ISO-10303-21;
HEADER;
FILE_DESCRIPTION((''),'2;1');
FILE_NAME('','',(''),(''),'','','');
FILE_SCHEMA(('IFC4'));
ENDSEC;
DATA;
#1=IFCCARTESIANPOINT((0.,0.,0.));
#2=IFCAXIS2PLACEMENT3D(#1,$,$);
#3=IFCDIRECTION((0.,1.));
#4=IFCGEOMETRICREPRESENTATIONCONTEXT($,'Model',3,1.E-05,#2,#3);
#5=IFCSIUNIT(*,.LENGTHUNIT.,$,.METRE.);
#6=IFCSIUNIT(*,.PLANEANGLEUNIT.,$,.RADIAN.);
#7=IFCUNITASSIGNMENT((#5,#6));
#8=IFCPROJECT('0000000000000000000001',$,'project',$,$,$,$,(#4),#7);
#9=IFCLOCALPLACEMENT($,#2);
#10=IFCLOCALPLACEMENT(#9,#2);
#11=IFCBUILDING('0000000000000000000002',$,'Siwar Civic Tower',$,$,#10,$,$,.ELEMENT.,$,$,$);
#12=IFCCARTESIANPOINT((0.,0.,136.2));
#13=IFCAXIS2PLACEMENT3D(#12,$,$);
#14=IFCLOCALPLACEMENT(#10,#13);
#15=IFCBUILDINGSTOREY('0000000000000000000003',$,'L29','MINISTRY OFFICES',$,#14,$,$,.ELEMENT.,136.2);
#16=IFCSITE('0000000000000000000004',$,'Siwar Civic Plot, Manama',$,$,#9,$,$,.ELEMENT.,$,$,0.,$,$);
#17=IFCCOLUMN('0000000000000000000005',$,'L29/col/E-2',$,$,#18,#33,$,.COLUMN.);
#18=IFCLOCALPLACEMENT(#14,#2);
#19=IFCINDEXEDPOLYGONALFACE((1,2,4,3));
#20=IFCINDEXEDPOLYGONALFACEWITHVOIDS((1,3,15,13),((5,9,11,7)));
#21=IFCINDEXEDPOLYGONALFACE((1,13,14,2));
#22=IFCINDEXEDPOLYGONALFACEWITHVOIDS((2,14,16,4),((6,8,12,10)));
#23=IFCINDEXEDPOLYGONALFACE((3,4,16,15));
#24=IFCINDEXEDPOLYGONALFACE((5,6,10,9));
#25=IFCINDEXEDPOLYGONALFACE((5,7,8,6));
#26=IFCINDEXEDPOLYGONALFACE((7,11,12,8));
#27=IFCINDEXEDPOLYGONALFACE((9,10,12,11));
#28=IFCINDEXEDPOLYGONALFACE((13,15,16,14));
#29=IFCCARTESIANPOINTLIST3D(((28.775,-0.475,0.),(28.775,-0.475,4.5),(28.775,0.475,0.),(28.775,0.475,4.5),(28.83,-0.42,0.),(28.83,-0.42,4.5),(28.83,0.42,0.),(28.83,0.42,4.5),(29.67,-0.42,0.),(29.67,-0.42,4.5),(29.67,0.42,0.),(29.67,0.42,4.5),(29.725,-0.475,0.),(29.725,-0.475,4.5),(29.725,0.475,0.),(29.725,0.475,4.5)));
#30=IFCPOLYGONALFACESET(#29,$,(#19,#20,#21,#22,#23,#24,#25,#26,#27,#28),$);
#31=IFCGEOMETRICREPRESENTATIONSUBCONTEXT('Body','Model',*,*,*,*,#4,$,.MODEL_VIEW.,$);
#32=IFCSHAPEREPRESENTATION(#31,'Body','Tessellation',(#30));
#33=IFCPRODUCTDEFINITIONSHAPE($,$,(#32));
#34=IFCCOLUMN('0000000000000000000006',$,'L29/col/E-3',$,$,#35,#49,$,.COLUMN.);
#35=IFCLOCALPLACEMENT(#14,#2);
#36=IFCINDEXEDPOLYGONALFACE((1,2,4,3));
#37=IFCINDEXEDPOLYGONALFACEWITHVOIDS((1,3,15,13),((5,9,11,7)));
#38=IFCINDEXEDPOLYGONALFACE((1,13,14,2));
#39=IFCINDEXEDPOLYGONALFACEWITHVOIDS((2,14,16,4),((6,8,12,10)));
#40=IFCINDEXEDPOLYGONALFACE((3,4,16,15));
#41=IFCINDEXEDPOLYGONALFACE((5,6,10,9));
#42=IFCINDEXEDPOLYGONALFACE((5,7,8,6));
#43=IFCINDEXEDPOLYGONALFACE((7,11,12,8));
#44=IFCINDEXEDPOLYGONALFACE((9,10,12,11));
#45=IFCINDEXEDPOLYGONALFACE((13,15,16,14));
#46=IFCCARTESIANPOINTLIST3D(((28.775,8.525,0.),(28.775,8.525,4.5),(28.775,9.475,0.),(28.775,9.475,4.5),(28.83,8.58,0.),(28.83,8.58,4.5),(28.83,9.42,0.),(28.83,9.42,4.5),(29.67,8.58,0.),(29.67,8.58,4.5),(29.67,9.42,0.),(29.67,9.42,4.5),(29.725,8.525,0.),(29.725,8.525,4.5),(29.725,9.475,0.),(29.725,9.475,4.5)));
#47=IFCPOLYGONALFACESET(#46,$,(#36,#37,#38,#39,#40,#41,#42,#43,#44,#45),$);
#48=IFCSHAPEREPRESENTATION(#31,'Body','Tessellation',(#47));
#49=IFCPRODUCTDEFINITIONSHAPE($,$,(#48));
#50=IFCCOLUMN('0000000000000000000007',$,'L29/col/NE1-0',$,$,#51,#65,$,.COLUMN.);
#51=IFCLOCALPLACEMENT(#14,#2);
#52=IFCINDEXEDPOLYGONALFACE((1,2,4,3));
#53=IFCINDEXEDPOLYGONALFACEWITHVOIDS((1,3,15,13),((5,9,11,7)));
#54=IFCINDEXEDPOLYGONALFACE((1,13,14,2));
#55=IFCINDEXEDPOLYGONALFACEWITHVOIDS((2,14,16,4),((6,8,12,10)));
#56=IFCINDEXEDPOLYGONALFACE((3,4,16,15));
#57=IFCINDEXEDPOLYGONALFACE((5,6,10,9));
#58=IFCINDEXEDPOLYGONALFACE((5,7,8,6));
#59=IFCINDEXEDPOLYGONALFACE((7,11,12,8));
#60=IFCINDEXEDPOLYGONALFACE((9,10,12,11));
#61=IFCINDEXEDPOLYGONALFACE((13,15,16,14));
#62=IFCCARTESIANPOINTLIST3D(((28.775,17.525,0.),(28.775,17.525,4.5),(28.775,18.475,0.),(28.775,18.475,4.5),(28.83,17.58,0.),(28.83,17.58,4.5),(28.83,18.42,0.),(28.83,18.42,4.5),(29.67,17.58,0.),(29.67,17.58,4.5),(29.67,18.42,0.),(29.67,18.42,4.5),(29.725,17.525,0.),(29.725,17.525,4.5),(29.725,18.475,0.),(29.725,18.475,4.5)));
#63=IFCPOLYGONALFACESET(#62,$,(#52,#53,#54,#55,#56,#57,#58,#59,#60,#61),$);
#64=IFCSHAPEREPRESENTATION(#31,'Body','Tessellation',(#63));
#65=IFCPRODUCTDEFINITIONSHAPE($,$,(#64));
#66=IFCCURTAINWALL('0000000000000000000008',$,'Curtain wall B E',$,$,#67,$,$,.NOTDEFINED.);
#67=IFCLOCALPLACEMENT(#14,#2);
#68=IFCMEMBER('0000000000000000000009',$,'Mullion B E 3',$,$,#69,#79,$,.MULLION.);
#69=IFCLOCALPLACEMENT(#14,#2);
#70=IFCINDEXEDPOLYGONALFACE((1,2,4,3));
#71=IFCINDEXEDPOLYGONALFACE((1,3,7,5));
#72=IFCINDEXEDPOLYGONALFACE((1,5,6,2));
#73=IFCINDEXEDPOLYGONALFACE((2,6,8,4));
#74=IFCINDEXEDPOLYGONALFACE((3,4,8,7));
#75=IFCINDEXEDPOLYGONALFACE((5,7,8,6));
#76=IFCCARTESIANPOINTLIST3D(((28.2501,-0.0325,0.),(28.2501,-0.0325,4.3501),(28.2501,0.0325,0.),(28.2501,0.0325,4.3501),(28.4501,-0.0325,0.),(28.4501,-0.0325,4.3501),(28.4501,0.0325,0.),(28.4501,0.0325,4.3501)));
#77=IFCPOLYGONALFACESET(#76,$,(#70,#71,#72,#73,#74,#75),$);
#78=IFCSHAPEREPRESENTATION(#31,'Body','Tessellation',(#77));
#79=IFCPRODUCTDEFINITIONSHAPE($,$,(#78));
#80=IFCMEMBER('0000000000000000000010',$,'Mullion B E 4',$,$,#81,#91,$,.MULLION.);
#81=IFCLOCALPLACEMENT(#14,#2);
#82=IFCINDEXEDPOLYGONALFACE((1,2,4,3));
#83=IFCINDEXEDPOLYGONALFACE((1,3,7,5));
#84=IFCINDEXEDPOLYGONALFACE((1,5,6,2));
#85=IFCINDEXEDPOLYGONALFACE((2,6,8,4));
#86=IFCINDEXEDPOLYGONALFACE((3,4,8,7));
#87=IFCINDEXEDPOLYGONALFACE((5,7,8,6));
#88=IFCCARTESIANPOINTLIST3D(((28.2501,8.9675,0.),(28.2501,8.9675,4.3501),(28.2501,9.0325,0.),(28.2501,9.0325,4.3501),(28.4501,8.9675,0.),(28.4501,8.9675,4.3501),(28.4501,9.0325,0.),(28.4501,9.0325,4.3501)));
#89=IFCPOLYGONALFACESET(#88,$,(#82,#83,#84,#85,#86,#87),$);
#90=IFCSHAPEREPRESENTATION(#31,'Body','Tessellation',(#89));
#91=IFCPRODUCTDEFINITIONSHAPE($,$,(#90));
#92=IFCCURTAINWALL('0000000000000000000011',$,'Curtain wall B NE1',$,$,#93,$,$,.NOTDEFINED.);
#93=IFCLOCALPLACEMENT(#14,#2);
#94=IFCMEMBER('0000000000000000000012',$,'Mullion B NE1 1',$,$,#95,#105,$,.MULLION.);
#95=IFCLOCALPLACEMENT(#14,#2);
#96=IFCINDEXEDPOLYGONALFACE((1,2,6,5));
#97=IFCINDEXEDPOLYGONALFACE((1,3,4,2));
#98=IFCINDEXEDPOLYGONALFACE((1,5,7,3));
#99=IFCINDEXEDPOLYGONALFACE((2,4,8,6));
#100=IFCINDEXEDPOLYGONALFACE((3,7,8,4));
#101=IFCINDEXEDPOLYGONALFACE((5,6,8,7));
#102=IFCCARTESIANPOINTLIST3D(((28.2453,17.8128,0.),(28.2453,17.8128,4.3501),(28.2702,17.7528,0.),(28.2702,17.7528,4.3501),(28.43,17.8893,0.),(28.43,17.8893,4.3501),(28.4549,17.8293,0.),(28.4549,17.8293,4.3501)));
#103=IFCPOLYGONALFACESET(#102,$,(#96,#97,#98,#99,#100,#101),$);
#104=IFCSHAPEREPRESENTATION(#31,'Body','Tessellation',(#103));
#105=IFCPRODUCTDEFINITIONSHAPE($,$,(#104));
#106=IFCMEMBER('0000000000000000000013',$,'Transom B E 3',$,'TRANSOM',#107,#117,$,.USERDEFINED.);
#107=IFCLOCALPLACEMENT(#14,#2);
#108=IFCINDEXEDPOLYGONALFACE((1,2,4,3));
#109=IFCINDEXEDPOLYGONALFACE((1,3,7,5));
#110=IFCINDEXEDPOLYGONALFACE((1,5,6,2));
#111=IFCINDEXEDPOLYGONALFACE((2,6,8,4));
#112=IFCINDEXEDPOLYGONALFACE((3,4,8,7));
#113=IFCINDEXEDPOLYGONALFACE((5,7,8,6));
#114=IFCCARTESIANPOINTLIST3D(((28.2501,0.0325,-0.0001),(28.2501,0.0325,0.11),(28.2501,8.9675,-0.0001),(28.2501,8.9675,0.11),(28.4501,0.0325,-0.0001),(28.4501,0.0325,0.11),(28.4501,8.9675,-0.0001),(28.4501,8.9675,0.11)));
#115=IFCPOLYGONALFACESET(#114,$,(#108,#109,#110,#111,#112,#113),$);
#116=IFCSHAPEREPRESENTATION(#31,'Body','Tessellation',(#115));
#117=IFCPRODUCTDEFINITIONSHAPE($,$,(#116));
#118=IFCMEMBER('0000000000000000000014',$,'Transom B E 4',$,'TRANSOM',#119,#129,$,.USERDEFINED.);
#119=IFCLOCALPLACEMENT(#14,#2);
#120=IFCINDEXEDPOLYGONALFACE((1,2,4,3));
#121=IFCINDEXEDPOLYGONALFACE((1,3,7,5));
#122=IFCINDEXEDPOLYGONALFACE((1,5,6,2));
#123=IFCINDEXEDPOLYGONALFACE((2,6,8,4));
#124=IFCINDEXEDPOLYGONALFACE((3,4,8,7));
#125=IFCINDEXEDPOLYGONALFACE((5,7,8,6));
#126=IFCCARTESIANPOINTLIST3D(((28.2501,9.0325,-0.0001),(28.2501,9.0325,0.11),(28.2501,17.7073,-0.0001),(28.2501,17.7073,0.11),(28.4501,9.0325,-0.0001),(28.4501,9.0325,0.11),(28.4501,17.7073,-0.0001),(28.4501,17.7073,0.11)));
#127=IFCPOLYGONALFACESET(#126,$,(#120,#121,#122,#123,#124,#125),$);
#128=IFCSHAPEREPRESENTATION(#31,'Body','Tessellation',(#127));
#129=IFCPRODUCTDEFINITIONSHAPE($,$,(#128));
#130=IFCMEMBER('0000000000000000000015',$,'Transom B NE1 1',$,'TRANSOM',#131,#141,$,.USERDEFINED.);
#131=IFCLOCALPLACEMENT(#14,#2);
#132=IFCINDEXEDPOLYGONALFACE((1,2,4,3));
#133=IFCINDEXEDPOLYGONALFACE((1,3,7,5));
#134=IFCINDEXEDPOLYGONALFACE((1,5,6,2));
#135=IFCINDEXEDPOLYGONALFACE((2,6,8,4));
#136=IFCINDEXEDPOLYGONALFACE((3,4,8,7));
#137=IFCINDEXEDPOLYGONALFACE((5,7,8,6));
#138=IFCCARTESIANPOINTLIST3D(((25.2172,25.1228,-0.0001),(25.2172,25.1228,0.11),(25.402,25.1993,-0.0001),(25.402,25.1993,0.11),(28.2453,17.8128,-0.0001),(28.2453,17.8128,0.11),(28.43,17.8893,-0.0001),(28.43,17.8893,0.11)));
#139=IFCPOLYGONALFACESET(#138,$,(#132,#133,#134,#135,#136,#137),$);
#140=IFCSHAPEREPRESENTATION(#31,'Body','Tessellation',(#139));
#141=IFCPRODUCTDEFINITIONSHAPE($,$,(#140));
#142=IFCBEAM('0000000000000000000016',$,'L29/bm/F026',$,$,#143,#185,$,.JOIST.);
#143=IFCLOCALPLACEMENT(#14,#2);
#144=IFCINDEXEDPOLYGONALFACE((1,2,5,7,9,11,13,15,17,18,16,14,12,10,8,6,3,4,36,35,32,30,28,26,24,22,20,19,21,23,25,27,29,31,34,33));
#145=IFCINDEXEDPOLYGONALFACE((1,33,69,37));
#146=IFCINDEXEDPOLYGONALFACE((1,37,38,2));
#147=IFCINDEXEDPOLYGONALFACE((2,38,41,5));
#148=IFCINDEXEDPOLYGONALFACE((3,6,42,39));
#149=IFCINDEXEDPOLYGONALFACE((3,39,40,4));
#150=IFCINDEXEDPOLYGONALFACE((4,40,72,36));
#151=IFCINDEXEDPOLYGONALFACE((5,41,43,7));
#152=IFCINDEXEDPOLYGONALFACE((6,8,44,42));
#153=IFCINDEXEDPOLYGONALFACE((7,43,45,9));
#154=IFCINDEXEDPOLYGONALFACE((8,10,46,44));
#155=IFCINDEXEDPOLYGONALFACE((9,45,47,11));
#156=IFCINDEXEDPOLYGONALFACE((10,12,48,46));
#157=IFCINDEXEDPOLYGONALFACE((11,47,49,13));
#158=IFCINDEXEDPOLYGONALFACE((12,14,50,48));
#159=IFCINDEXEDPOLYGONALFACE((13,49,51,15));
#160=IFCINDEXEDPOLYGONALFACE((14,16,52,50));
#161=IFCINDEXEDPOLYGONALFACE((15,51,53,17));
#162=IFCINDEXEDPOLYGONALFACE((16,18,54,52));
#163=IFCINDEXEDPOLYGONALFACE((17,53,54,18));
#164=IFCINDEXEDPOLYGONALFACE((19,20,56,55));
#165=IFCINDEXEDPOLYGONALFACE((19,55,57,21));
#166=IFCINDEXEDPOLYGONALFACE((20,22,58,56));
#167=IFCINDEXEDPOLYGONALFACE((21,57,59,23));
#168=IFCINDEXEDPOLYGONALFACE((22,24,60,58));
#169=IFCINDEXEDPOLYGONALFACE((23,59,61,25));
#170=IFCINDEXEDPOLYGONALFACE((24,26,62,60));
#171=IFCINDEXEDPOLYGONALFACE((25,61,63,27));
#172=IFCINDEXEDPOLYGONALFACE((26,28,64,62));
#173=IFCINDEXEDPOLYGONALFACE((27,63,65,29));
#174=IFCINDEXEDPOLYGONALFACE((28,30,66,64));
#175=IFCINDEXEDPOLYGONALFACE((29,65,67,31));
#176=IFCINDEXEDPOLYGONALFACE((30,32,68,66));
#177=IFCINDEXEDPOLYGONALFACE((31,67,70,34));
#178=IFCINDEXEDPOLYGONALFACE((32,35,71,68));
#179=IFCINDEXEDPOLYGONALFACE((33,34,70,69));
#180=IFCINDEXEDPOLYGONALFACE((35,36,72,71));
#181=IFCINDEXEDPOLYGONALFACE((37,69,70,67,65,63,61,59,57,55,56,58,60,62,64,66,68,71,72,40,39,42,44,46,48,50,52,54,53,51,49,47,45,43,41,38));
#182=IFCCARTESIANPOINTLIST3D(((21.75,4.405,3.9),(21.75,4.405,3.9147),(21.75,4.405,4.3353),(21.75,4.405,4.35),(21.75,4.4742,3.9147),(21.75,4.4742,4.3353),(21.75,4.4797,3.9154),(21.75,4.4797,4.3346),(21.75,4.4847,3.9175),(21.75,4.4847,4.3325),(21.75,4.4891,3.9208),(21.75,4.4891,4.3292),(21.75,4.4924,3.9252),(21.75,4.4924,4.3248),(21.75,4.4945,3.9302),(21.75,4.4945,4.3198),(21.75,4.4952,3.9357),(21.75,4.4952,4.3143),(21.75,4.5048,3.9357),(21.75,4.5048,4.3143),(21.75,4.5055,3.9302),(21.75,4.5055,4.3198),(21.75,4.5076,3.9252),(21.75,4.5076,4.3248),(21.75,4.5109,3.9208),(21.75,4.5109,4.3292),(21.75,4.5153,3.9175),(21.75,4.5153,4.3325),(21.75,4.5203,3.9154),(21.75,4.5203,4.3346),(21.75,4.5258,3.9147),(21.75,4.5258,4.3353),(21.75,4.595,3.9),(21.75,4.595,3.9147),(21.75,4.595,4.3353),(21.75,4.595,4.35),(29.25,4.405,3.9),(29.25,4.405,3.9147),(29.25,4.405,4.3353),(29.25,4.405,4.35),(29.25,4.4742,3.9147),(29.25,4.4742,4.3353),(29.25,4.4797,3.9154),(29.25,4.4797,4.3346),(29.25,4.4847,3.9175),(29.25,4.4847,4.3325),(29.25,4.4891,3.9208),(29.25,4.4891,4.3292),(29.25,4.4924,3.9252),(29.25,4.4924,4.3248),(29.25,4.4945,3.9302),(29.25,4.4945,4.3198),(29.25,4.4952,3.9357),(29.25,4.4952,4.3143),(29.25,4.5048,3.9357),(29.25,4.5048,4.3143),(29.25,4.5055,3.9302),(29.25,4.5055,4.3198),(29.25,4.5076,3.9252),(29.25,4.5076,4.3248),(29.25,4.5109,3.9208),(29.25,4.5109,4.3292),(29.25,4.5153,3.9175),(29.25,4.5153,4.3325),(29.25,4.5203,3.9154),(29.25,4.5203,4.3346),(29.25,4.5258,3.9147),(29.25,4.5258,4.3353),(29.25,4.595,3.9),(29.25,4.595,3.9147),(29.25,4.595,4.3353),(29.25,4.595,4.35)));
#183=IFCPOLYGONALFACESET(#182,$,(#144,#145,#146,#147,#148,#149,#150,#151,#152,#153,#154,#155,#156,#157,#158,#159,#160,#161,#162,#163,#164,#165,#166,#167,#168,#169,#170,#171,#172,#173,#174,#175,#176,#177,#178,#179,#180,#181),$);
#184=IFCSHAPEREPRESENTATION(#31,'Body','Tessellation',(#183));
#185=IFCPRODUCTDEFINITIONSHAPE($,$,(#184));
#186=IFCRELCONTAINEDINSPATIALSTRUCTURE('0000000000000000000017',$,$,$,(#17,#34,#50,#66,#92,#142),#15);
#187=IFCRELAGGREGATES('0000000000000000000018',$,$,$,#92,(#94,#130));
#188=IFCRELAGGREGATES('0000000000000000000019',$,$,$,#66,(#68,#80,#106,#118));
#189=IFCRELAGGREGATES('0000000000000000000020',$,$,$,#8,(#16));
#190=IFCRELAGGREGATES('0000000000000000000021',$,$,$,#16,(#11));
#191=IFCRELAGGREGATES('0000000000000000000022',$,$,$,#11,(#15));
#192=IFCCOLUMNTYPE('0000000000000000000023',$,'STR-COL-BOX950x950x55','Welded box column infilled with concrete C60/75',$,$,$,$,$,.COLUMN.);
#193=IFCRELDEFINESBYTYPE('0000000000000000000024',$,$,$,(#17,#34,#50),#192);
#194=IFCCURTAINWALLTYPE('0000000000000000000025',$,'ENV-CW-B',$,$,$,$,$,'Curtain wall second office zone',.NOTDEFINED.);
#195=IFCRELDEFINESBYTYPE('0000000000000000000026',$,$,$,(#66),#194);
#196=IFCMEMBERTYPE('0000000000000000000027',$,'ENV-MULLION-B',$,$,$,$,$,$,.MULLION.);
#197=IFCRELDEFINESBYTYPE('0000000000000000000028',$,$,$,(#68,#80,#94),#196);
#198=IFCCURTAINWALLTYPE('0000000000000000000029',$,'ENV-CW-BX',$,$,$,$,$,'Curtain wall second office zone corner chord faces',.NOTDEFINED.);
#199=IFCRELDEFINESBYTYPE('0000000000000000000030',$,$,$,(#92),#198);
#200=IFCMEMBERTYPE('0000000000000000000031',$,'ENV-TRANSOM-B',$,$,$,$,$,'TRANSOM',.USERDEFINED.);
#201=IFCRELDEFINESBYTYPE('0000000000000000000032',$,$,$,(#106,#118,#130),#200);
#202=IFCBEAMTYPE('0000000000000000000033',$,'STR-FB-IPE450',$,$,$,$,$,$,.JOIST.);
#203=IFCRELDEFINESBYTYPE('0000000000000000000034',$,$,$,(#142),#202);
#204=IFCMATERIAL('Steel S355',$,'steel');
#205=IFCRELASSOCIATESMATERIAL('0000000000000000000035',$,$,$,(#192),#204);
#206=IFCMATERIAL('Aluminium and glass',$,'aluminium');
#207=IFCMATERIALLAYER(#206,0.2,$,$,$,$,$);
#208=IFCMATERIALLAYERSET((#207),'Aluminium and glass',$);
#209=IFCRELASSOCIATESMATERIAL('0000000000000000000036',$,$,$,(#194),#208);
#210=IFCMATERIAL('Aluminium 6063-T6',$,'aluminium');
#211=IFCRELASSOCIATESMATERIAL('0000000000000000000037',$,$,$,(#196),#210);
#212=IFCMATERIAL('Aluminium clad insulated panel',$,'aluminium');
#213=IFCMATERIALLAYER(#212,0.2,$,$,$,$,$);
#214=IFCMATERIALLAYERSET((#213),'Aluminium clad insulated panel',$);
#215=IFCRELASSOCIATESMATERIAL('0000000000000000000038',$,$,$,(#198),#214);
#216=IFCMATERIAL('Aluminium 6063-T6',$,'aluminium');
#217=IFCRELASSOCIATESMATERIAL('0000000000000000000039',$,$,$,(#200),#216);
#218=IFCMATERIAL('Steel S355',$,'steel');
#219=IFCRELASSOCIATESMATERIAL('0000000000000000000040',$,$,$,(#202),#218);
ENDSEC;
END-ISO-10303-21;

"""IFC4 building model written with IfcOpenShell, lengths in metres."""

from ifc_helpers import new_model, si_unit, direction, frame, origin, origin_2d, place, context, subcontext, project, spatial, rectangle, hollow_rectangle, i_section, extrude, material, layer, layer_set, material_profile, profile_set, type_object, element, aggregate, save


model = new_model("IFC4")

# Units and contexts
model_context = context("Model", 3, precision=1e-05, world=origin(), true_north=direction((0.0, 1.0)))
body_context = subcontext(model_context, "Body", "Model", "MODEL_VIEW")
ifc_project = project(units=[si_unit("LENGTHUNIT", "METRE"), si_unit("PLANEANGLEUNIT", "RADIAN")], contexts=[model_context])

# Site, building, storey
site_placement = place(None, origin())
site = spatial("IfcSite", under=ifc_project, at=site_placement, Name="Siwar Civic Plot, Manama", CompositionType="ELEMENT", RefElevation=0.0)
building_placement = place(site_placement, origin())
building = spatial("IfcBuilding", under=site, at=building_placement, Name="Siwar Civic Tower", CompositionType="ELEMENT")
storey_placement = place(building_placement, frame((0.0, 0.0, 136.2)))
storey = spatial("IfcBuildingStorey", under=building, at=storey_placement, Name="L29", Description="MINISTRY OFFICES", CompositionType="ELEMENT", Elevation=136.2)

# Columns
ifc_material_1 = material(Name="Steel S355", Category="steel")
ifc_material_profile_1 = material_profile(ifc_material_1, hollow_rectangle(XDim=0.95, YDim=0.95, WallThickness=0.0549, at=origin_2d()), Name="BOX950x950x55")
ifc_profile_set_1 = profile_set([ifc_material_profile_1], Name="Steel S355")
column_type = type_object("IfcColumnType", Name="STR-COL-BOX950x950x55", Description="Welded box column infilled with concrete C60/75", PredefinedType="COLUMN", material=ifc_profile_set_1)
for number, where, z_axis, x_axis, name in (
    (1, (29.25, 0.0, 0.0), (0.0, 0.0, 1.0), (1.0, 0.0, 0.0), "L29/col/E-2"),
    (2, (29.25, 9.0, 0.0), (0.0, 0.0, 1.0), (1.0, 0.0, 0.0), "L29/col/E-3"),
    (3, (29.25, 18.0, 0.0), (0.0, 0.0, 1.0), (1.0, 0.0, 0.0), "L29/col/NE1-0"),
):
    element("IfcColumn", number, at=place(storey_placement, frame(where, z_axis=z_axis, x_axis=x_axis)), inside=storey, type_object=column_type, Name=name, PredefinedType="COLUMN", context=body_context, shape_type="SweptSolid", body=[
        extrude(hollow_rectangle(XDim=0.95, YDim=0.95, WallThickness=0.0549, at=origin_2d()), origin(), (0.0, 0.0, 1.0), 4.5),
    ])

# Curtain wall, members
ifc_material_2 = material(Name="Aluminium and glass", Category="aluminium")
ifc_layer_1 = layer(ifc_material_2, 0.2)
ifc_layer_set_1 = layer_set([ifc_layer_1], Name="Aluminium and glass")
curtain_wall_type_1 = type_object("IfcCurtainWallType", Name="ENV-CW-B", ElementType="Curtain wall second office zone", PredefinedType="NOTDEFINED", material=ifc_layer_set_1)
curtain_wall_1_placement = place(storey_placement, origin())
curtain_wall_1 = element("IfcCurtainWall", 4, at=curtain_wall_1_placement, inside=storey, type_object=curtain_wall_type_1, Name="Curtain wall B E", PredefinedType="NOTDEFINED")
ifc_material_3 = material(Name="Aluminium 6063-T6", Category="aluminium")
ifc_material_profile_2 = material_profile(ifc_material_3, rectangle(XDim=0.2, YDim=0.0649, at=origin_2d()), Name="AL 200x65")
ifc_profile_set_2 = profile_set([ifc_material_profile_2], Name="Aluminium 6063-T6")
member_type_1 = type_object("IfcMemberType", Name="ENV-MULLION-B", PredefinedType="MULLION", material=ifc_profile_set_2)
member_1_placement = place(storey_placement, frame((28.3501, 0.0, 0.0), z_axis=(0.0, 0.0, 1.0), x_axis=(-1.0, 0.0, 0.0)))
member_1 = element("IfcMember", 5, at=member_1_placement, type_object=member_type_1, Name="Mullion B E 3", PredefinedType="MULLION", context=body_context, shape_type="SweptSolid", body=[
    extrude(rectangle(XDim=0.2, YDim=0.0649, at=origin_2d()), origin(), (0.0, 0.0, 1.0), 4.3501),
])
member_2_placement = place(storey_placement, frame((28.3501, 9.0, 0.0), z_axis=(0.0, 0.0, 1.0), x_axis=(-1.0, 0.0, 0.0)))
member_2 = element("IfcMember", 6, at=member_2_placement, type_object=member_type_1, Name="Mullion B E 4", PredefinedType="MULLION", context=body_context, shape_type="SweptSolid", body=[
    extrude(rectangle(XDim=0.2, YDim=0.0649, at=origin_2d()), origin(), (0.0, 0.0, 1.0), 4.3501),
])

# Curtain wall, member
ifc_material_4 = material(Name="Aluminium clad insulated panel", Category="aluminium")
ifc_layer_2 = layer(ifc_material_4, 0.2)
ifc_layer_set_2 = layer_set([ifc_layer_2], Name="Aluminium clad insulated panel")
curtain_wall_type_2 = type_object("IfcCurtainWallType", Name="ENV-CW-BX", ElementType="Curtain wall second office zone corner chord faces", PredefinedType="NOTDEFINED", material=ifc_layer_set_2)
curtain_wall_2_placement = place(storey_placement, origin())
curtain_wall_2 = element("IfcCurtainWall", 7, at=curtain_wall_2_placement, inside=storey, type_object=curtain_wall_type_2, Name="Curtain wall B NE1", PredefinedType="NOTDEFINED")
member_3_placement = place(storey_placement, frame((28.3501, 17.821, 0.0), z_axis=(0.0, 0.0, 1.0), x_axis=(-0.92388, -0.382683, 0.0)))
member_3 = element("IfcMember", 8, at=member_3_placement, type_object=member_type_1, Name="Mullion B NE1 1", PredefinedType="MULLION", context=body_context, shape_type="SweptSolid", body=[
    extrude(rectangle(XDim=0.2, YDim=0.0649, at=origin_2d()), origin(), (0.0, 0.0, 1.0), 4.3501),
])

# Members
ifc_material_5 = material(Name="Aluminium 6063-T6", Category="aluminium")
ifc_material_profile_3 = material_profile(ifc_material_5, rectangle(XDim=0.2, YDim=0.1101, at=origin_2d()), Name="AL 200x110")
ifc_profile_set_3 = profile_set([ifc_material_profile_3], Name="Aluminium 6063-T6")
member_type_2 = type_object("IfcMemberType", Name="ENV-TRANSOM-B", ElementType="TRANSOM", PredefinedType="USERDEFINED", material=ifc_profile_set_3)
member_4_placement = place(storey_placement, frame((28.3501, 0.0325, 0.0549), z_axis=(0.0, 1.0, 0.0), x_axis=(-1.0, 0.0, 0.0)))
member_4 = element("IfcMember", 9, at=member_4_placement, type_object=member_type_2, Name="Transom B E 3", ObjectType="TRANSOM", PredefinedType="USERDEFINED", context=body_context, shape_type="SweptSolid", body=[
    extrude(rectangle(XDim=0.2, YDim=0.1101, at=origin_2d()), origin(), (0.0, 0.0, 1.0), 8.9351),
])
member_5_placement = place(storey_placement, frame((28.3501, 9.0325, 0.0549), z_axis=(0.0, 1.0, 0.0), x_axis=(-1.0, 0.0, 0.0)))
member_5 = element("IfcMember", 10, at=member_5_placement, type_object=member_type_2, Name="Transom B E 4", ObjectType="TRANSOM", PredefinedType="USERDEFINED", context=body_context, shape_type="SweptSolid", body=[
    extrude(rectangle(XDim=0.2, YDim=0.1101, at=origin_2d()), origin(), (0.0, 0.0, 1.0), 8.6748),
])
member_6_placement = place(storey_placement, frame((28.3376, 17.8511, 0.0549), z_axis=(-0.3827, 0.923873, 0.0), x_axis=(-0.923873, -0.3827, 0.0)))
member_6 = element("IfcMember", 11, at=member_6_placement, type_object=member_type_2, Name="Transom B NE1 1", ObjectType="TRANSOM", PredefinedType="USERDEFINED", context=body_context, shape_type="SweptSolid", body=[
    extrude(rectangle(XDim=0.2, YDim=0.1101, at=origin_2d()), origin(), (0.0, 0.0, 1.0), 7.9124),
])
aggregate(curtain_wall_2, [member_3, member_6])

# Beam
ifc_material_6 = material(Name="Steel S355", Category="steel")
ifc_material_profile_4 = material_profile(ifc_material_6, i_section(OverallWidth=0.1899, OverallDepth=0.45, WebThickness=0.0095, FlangeThickness=0.0146, FilletRadius=0.021, at=origin_2d()), Name="IPE450")
ifc_profile_set_4 = profile_set([ifc_material_profile_4], Name="Steel S355")
beam_type_1 = type_object("IfcBeamType", Name="STR-FB-IPE450", PredefinedType="JOIST", material=ifc_profile_set_4)
for number, where, z_axis, x_axis, name in (
    (12, (21.75, 4.5, 4.125), (1.0, 0.0, 0.0), (0.0, 1.0, 0.0), "L29/bm/F026"),
):
    element("IfcBeam", number, at=place(storey_placement, frame(where, z_axis=z_axis, x_axis=x_axis)), inside=storey, type_object=beam_type_1, Name=name, PredefinedType="JOIST", context=body_context, shape_type="SweptSolid", body=[
        extrude(i_section(OverallWidth=0.1899, OverallDepth=0.45, WebThickness=0.0095, FlangeThickness=0.0146, FilletRadius=0.021, at=origin_2d()), origin(), (0.0, 0.0, 1.0), 7.5),
    ])

aggregate(curtain_wall_1, [member_1, member_2, member_4, member_5])

save(model, "model.ifc")
